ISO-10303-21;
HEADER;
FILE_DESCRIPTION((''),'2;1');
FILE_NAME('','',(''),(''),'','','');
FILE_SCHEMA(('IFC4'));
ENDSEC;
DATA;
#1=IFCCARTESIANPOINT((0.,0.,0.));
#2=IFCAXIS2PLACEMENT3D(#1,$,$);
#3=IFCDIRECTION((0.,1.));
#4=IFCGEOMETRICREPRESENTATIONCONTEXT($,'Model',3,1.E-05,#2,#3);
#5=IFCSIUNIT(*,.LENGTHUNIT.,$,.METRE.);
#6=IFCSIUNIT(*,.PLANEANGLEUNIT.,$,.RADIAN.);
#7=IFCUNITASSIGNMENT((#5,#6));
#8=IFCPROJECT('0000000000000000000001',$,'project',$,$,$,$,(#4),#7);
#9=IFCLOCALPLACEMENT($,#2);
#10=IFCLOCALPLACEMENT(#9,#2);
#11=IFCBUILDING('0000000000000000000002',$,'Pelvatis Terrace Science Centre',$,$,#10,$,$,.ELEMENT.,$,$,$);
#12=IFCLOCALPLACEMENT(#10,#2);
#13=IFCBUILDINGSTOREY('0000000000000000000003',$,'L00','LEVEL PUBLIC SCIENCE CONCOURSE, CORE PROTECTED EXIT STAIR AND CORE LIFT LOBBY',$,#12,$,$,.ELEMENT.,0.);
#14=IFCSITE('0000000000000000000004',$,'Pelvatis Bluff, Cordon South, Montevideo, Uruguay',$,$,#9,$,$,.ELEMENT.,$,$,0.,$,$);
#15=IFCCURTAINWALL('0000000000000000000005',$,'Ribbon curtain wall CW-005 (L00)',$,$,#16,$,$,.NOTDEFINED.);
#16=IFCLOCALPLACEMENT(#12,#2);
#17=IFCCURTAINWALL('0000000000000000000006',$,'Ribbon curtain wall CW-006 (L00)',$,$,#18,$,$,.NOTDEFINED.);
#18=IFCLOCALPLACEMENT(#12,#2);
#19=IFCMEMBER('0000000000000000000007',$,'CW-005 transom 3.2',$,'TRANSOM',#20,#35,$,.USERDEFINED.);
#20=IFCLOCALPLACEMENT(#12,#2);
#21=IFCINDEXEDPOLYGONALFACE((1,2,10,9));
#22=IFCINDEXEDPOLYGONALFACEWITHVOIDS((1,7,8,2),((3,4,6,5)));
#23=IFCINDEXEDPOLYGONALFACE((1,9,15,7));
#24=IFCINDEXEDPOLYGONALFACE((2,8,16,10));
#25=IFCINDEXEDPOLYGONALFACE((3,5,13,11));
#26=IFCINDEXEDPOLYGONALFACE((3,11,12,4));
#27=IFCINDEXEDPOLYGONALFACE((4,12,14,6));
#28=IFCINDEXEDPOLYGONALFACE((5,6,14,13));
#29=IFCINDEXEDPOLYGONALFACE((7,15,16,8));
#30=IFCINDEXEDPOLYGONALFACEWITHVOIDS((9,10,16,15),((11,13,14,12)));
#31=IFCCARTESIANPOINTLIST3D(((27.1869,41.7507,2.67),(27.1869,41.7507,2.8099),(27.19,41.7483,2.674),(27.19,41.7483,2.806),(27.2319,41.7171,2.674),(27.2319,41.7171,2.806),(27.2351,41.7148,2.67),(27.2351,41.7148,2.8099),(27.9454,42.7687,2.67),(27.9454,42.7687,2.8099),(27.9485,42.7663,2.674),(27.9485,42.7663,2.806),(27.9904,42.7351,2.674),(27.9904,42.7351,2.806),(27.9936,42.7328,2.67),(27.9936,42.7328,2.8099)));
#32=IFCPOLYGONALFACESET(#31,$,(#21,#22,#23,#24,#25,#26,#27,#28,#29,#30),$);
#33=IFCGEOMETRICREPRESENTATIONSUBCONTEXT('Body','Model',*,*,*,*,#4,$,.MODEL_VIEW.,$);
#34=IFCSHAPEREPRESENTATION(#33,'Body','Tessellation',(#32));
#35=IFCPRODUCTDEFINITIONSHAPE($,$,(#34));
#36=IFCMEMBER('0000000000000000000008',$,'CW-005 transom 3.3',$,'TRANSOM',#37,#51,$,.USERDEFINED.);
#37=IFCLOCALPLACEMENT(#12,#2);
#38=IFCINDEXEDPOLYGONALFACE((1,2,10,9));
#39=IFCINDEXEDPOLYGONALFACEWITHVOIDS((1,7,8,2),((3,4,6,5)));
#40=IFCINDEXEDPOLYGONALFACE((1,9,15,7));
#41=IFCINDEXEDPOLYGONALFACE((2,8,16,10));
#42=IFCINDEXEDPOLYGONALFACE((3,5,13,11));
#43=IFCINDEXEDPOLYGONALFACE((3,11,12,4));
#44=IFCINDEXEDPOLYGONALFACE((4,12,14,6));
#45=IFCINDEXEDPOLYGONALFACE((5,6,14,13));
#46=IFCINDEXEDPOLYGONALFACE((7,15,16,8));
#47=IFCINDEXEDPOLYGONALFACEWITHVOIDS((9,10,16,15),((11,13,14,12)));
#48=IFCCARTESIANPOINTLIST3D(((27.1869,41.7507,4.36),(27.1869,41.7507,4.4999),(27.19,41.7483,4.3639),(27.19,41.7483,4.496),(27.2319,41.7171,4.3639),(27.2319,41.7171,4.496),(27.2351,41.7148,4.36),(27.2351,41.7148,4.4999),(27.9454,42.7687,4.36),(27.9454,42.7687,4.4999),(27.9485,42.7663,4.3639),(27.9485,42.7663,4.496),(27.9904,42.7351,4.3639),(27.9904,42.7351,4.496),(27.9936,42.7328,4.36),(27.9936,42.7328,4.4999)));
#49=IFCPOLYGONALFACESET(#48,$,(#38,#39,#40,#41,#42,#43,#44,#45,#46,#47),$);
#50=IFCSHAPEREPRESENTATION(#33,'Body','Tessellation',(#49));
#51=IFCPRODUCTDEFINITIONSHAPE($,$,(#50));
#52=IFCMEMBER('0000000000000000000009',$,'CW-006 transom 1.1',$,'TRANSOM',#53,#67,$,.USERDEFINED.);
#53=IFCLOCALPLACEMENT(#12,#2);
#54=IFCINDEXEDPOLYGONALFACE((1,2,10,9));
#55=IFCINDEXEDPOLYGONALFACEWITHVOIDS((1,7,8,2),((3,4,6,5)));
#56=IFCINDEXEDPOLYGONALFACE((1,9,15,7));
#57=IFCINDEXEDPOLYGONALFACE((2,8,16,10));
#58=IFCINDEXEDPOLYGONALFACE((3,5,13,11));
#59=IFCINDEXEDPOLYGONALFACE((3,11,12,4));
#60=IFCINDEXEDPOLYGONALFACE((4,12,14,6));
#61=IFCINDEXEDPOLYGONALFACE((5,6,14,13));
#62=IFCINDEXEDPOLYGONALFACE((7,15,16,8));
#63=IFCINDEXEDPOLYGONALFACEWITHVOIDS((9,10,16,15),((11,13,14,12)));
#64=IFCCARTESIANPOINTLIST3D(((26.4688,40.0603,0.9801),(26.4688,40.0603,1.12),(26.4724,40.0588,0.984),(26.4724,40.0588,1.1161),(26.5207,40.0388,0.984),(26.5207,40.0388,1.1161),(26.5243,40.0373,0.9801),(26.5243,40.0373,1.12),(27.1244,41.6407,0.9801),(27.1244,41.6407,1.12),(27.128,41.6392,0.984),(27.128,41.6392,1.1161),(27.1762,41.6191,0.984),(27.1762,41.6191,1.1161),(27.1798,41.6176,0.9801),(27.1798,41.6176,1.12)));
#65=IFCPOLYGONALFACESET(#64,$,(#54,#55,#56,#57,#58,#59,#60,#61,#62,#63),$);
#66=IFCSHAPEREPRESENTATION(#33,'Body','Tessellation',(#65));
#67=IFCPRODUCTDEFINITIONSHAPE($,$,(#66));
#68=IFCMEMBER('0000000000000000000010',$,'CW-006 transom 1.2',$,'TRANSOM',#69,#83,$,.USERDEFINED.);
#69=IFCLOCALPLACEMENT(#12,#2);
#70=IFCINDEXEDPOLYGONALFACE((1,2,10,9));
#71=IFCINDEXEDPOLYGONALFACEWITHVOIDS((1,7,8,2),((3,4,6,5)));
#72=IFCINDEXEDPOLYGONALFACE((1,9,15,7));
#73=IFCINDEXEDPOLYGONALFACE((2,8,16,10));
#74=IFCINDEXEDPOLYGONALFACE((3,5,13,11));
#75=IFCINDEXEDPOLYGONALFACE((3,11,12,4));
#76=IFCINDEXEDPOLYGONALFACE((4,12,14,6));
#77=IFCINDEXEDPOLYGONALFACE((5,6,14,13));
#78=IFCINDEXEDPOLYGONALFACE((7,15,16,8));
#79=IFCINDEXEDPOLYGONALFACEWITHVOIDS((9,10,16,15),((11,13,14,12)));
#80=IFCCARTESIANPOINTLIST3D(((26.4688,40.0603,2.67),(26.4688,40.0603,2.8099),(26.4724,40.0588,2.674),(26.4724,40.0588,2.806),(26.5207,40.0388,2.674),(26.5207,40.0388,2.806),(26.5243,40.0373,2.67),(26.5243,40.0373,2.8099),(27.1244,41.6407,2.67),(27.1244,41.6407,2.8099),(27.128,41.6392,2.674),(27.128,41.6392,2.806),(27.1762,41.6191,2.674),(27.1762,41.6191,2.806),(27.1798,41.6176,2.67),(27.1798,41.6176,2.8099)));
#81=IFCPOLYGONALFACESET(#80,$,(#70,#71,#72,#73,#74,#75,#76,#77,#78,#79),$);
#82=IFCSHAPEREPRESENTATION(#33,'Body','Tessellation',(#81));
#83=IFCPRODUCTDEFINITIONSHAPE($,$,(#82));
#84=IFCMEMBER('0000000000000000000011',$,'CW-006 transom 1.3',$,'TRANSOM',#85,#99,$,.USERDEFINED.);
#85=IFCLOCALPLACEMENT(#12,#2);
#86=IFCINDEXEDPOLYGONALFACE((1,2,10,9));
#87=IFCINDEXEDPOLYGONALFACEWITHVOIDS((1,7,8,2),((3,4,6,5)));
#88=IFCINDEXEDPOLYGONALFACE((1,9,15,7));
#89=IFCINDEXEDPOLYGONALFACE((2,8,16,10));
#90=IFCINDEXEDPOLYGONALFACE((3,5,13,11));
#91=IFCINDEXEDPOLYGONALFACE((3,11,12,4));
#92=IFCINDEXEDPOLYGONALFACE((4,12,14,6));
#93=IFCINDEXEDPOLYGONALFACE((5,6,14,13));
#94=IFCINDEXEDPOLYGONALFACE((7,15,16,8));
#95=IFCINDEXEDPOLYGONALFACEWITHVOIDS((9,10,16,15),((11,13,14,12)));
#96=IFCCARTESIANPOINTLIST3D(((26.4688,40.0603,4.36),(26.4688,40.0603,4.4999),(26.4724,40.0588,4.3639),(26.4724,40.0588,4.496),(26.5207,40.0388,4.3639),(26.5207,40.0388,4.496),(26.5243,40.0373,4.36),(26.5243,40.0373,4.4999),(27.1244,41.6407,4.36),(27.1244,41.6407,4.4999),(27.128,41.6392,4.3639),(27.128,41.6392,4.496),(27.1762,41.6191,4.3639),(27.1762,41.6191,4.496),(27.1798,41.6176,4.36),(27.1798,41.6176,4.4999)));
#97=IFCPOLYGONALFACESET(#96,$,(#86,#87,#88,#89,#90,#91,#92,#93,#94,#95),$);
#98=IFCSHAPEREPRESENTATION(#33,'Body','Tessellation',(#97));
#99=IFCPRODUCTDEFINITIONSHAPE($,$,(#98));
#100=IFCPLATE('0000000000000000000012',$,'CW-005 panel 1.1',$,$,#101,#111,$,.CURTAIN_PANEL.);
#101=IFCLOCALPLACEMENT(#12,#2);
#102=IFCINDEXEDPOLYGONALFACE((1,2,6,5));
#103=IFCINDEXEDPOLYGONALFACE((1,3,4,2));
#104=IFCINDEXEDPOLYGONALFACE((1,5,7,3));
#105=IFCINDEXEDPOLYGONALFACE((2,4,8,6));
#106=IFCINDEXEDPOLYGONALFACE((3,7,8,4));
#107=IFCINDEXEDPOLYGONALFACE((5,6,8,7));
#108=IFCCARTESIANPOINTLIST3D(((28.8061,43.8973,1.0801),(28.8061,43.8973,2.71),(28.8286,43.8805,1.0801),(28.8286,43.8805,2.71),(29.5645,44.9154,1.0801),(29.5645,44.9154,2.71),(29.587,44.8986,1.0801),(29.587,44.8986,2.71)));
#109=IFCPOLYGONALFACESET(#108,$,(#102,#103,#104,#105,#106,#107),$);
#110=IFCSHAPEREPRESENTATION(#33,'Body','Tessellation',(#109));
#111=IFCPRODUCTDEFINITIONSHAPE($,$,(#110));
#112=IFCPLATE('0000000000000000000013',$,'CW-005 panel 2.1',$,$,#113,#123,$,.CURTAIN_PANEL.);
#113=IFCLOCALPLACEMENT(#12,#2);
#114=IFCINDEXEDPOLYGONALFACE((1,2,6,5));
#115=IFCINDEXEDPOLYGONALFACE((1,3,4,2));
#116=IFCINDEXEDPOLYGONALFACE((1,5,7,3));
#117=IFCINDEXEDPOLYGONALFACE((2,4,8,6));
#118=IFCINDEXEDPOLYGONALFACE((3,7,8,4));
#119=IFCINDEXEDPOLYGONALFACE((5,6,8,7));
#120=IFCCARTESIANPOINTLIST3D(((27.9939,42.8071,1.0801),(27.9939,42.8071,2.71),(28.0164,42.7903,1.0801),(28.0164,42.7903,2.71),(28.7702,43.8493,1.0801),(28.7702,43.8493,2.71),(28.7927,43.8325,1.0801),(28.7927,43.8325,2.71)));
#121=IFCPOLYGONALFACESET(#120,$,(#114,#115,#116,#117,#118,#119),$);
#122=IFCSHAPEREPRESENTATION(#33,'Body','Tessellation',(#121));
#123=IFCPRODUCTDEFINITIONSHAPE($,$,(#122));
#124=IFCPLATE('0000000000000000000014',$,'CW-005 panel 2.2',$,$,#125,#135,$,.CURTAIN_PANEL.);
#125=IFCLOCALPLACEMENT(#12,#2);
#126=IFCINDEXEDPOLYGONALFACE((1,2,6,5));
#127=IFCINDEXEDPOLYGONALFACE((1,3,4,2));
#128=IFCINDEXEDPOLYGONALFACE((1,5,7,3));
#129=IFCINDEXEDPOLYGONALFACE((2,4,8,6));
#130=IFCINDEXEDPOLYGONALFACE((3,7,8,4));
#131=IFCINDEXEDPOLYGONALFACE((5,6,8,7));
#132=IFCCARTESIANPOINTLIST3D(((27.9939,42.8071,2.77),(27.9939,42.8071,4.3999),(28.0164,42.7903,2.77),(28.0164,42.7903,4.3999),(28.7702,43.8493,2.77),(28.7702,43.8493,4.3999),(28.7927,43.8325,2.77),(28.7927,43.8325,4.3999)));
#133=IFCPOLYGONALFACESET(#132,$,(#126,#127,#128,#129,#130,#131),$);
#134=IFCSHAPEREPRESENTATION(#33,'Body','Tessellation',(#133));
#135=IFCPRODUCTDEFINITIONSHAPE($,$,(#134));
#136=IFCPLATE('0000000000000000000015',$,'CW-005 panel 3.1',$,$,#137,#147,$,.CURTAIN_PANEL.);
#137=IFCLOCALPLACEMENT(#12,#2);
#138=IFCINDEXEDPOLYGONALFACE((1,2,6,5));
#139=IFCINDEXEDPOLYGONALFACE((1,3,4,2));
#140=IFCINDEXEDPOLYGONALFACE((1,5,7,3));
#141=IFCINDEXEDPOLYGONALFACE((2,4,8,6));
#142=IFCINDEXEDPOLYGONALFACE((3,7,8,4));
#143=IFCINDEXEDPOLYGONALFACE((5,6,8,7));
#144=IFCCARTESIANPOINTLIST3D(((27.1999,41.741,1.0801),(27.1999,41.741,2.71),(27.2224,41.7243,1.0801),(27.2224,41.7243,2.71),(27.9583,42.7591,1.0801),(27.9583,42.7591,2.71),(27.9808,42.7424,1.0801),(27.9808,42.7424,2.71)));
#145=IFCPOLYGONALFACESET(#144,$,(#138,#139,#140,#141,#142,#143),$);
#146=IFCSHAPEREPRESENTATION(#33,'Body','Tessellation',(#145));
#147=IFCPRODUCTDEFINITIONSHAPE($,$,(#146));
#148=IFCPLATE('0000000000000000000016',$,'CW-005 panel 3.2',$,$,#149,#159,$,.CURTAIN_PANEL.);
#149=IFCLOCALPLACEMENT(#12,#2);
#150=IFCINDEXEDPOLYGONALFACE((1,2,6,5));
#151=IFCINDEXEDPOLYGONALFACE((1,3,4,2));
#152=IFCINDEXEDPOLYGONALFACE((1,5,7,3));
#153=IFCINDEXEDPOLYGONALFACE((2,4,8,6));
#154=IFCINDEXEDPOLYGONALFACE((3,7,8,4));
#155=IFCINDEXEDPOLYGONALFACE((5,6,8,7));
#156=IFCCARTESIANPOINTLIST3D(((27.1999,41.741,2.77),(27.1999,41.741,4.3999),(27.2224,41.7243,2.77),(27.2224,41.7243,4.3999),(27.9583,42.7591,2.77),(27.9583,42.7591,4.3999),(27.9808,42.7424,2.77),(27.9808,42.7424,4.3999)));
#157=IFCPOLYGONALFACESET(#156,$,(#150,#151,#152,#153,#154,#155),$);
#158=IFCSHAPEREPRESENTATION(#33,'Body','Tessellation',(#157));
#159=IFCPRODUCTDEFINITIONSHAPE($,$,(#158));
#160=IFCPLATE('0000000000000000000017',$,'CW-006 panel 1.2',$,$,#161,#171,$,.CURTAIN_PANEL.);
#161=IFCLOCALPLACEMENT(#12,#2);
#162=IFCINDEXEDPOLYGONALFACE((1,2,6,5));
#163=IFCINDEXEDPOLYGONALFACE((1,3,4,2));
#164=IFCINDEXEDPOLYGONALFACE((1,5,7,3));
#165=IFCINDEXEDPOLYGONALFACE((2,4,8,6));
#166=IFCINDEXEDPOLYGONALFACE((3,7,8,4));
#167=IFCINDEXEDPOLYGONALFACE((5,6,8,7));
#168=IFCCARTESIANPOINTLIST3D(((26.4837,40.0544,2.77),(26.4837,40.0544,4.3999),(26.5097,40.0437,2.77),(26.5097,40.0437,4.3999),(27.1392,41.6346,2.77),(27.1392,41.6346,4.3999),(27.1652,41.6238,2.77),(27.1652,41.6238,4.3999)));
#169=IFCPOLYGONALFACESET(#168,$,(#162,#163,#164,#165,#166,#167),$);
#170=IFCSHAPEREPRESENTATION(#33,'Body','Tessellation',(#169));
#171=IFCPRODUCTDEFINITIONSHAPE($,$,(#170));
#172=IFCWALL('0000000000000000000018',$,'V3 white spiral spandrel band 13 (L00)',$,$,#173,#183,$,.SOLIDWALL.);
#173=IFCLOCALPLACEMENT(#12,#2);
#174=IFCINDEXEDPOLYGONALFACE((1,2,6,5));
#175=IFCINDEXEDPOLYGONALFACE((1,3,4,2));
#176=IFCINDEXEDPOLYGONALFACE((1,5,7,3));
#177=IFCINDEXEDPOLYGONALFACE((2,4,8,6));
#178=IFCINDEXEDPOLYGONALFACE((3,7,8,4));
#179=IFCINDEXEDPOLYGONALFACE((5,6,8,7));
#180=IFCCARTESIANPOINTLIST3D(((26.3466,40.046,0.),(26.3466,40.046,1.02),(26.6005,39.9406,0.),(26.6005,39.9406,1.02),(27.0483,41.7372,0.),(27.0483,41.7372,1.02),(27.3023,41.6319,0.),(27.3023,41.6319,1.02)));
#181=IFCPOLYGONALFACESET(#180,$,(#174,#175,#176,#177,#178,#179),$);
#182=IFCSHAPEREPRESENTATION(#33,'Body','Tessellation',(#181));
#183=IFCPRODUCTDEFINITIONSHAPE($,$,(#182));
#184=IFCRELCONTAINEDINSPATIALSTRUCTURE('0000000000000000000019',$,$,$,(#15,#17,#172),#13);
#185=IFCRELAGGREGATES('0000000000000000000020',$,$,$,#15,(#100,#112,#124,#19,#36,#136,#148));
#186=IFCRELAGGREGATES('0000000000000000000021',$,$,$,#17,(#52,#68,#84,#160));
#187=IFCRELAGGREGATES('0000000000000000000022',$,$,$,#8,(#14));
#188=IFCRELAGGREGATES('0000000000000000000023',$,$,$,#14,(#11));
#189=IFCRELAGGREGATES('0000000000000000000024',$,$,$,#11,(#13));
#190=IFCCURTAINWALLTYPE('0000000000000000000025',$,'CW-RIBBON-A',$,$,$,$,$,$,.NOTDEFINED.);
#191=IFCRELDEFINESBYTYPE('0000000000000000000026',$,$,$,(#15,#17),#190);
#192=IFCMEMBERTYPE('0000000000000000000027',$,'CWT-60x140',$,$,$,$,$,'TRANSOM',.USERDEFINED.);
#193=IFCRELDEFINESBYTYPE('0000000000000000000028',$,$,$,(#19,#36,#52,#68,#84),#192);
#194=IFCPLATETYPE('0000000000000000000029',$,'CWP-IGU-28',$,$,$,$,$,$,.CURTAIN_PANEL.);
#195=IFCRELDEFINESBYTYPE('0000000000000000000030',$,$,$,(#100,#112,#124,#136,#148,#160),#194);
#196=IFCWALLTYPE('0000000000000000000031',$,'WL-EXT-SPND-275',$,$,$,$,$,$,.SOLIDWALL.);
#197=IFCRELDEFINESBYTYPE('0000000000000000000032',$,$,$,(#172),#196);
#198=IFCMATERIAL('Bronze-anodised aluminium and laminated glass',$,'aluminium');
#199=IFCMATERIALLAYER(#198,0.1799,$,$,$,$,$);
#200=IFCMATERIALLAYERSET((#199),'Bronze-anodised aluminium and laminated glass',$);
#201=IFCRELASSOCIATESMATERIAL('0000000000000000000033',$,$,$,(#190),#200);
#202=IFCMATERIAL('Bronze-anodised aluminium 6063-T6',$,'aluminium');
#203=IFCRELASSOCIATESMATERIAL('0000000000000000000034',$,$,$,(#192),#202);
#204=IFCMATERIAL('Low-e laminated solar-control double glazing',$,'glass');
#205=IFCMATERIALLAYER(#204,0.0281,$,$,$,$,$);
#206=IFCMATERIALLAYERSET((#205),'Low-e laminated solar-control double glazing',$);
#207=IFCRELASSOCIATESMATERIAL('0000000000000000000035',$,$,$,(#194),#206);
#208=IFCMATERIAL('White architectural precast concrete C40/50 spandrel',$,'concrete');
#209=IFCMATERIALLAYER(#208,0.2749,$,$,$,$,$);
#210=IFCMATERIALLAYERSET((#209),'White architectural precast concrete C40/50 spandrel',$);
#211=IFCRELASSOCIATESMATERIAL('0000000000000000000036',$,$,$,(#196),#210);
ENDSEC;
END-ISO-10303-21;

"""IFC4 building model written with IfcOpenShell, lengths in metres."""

from ifc_helpers import new_model, si_unit, direction, frame, frame_2d, origin, origin_2d, place, context, subcontext, project, spatial, rectangle, hollow_rectangle, extrude, material, layer, layer_set, material_profile, profile_set, type_object, element, aggregate, save


model = new_model("IFC4")

# Units and contexts
model_context = context("Model", 3, precision=1e-05, world=origin(), true_north=direction((0.0, 1.0)))
body_context = subcontext(model_context, "Body", "Model", "MODEL_VIEW")
ifc_project = project(units=[si_unit("LENGTHUNIT", "METRE"), si_unit("PLANEANGLEUNIT", "RADIAN")], contexts=[model_context])

# Site, building, storey
site_placement = place(None, origin())
site = spatial("IfcSite", under=ifc_project, at=site_placement, Name="Pelvatis Bluff, Cordon South, Montevideo, Uruguay", CompositionType="ELEMENT", RefElevation=0.0)
building_placement = place(site_placement, origin())
building = spatial("IfcBuilding", under=site, at=building_placement, Name="Pelvatis Terrace Science Centre", CompositionType="ELEMENT")
storey_placement = place(building_placement, origin())
storey = spatial("IfcBuildingStorey", under=building, at=storey_placement, Name="L00", Description="LEVEL PUBLIC SCIENCE CONCOURSE, CORE PROTECTED EXIT STAIR AND CORE LIFT LOBBY", CompositionType="ELEMENT", Elevation=0.0)

# Curtain wall
ifc_material_1 = material(Name="Bronze-anodised aluminium and laminated glass", Category="aluminium")
ifc_layer_1 = layer(ifc_material_1, 0.1799)
ifc_layer_set_1 = layer_set([ifc_layer_1], Name="Bronze-anodised aluminium and laminated glass")
curtain_wall_type = type_object("IfcCurtainWallType", Name="CW-RIBBON-A", PredefinedType="NOTDEFINED", material=ifc_layer_set_1)
curtain_wall_1_placement = place(storey_placement, origin())
curtain_wall_1 = element("IfcCurtainWall", 1, at=curtain_wall_1_placement, inside=storey, type_object=curtain_wall_type, Name="Ribbon curtain wall CW-005 (L00)", PredefinedType="NOTDEFINED")

# Curtain wall
curtain_wall_2_placement = place(storey_placement, origin())
curtain_wall_2 = element("IfcCurtainWall", 2, at=curtain_wall_2_placement, inside=storey, type_object=curtain_wall_type, Name="Ribbon curtain wall CW-006 (L00)", PredefinedType="NOTDEFINED")

# Members
ifc_material_2 = material(Name="Bronze-anodised aluminium 6063-T6", Category="aluminium")
ifc_material_profile_1 = material_profile(ifc_material_2, hollow_rectangle(XDim=0.0601, YDim=0.1399, WallThickness=0.0039, at=origin_2d()), Name="ALU-TRN 60x140")
ifc_profile_set_1 = profile_set([ifc_material_profile_1], Name="Bronze-anodised aluminium 6063-T6")
member_type_1 = type_object("IfcMemberType", Name="CWT-60x140", ElementType="TRANSOM", PredefinedType="USERDEFINED", material=ifc_profile_set_1)
member_1_placement = place(storey_placement, frame((27.9695, 42.7507, 2.74), z_axis=(-0.597474, -0.801888, 0.0), x_axis=(0.801888, -0.597474, 0.0)))
member_1 = element("IfcMember", 3, at=member_1_placement, type_object=member_type_1, Name="CW-005 transom 3.2", ObjectType="TRANSOM", PredefinedType="USERDEFINED", context=body_context, shape_type="SweptSolid", body=[
    extrude(hollow_rectangle(XDim=0.0601, YDim=0.1399, WallThickness=0.0039, at=origin_2d()), origin(), (0.0, 0.0, 1.0), 1.2695),
])
member_2_placement = place(storey_placement, frame((27.9695, 42.7507, 4.4299), z_axis=(-0.597474, -0.801888, 0.0), x_axis=(0.801888, -0.597474, 0.0)))
member_2 = element("IfcMember", 4, at=member_2_placement, type_object=member_type_1, Name="CW-005 transom 3.3", ObjectType="TRANSOM", PredefinedType="USERDEFINED", context=body_context, shape_type="SweptSolid", body=[
    extrude(hollow_rectangle(XDim=0.0601, YDim=0.1399, WallThickness=0.0039, at=origin_2d()), origin(), (0.0, 0.0, 1.0), 1.2695),
])
member_3_placement = place(storey_placement, frame((27.1521, 41.6292, 1.05), z_axis=(-0.383146, -0.923688, 0.0), x_axis=(0.923688, -0.383146, 0.0)))
member_3 = element("IfcMember", 5, at=member_3_placement, type_object=member_type_1, Name="CW-006 transom 1.1", ObjectType="TRANSOM", PredefinedType="USERDEFINED", context=body_context, shape_type="SweptSolid", body=[
    extrude(hollow_rectangle(XDim=0.0601, YDim=0.1399, WallThickness=0.0039, at=origin_2d()), origin(), (0.0, 0.0, 1.0), 1.7109),
])
member_4_placement = place(storey_placement, frame((27.1521, 41.6292, 2.74), z_axis=(-0.383146, -0.923688, 0.0), x_axis=(0.923688, -0.383146, 0.0)))
member_4 = element("IfcMember", 6, at=member_4_placement, type_object=member_type_1, Name="CW-006 transom 1.2", ObjectType="TRANSOM", PredefinedType="USERDEFINED", context=body_context, shape_type="SweptSolid", body=[
    extrude(hollow_rectangle(XDim=0.0601, YDim=0.1399, WallThickness=0.0039, at=origin_2d()), origin(), (0.0, 0.0, 1.0), 1.7109),
])
member_5_placement = place(storey_placement, frame((27.1521, 41.6292, 4.4299), z_axis=(-0.383146, -0.923688, 0.0), x_axis=(0.923688, -0.383146, 0.0)))
member_5 = element("IfcMember", 7, at=member_5_placement, type_object=member_type_1, Name="CW-006 transom 1.3", ObjectType="TRANSOM", PredefinedType="USERDEFINED", context=body_context, shape_type="SweptSolid", body=[
    extrude(hollow_rectangle(XDim=0.0601, YDim=0.1399, WallThickness=0.0039, at=origin_2d()), origin(), (0.0, 0.0, 1.0), 1.7109),
])

# Plates
ifc_material_3 = material(Name="Low-e laminated solar-control double glazing", Category="glass")
ifc_layer_2 = layer(ifc_material_3, 0.0281)
ifc_layer_set_2 = layer_set([ifc_layer_2], Name="Low-e laminated solar-control double glazing")
plate_type = type_object("IfcPlateType", Name="CWP-IGU-28", PredefinedType="CURTAIN_PANEL", material=ifc_layer_set_2)
plate_1_placement = place(storey_placement, frame((29.1965, 44.3979, 1.0801), z_axis=(0.0, 0.0, 1.0), x_axis=(-0.597372, -0.801964, 0.0)))
plate_1 = element("IfcPlate", 8, at=plate_1_placement, type_object=plate_type, Name="CW-005 panel 1.1", PredefinedType="CURTAIN_PANEL", context=body_context, shape_type="SweptSolid", body=[
    extrude(rectangle(XDim=1.2695, YDim=0.0281, at=origin_2d()), origin(), (0.0, 0.0, 1.0), 1.6299),
])
plate_2_placement = place(storey_placement, frame((28.3933, 43.3198, 1.0801), z_axis=(0.0, 0.0, 1.0), x_axis=(-0.597372, -0.801964, 0.0)))
plate_2 = element("IfcPlate", 9, at=plate_2_placement, type_object=plate_type, Name="CW-005 panel 2.1", PredefinedType="CURTAIN_PANEL", context=body_context, shape_type="SweptSolid", body=[
    extrude(rectangle(XDim=1.2996, YDim=0.0281, at=origin_2d()), origin(), (0.0, 0.0, 1.0), 1.6299),
])
plate_3_placement = place(storey_placement, frame((28.3933, 43.3198, 2.77), z_axis=(0.0, 0.0, 1.0), x_axis=(-0.597372, -0.801964, 0.0)))
plate_3 = element("IfcPlate", 10, at=plate_3_placement, type_object=plate_type, Name="CW-005 panel 2.2", PredefinedType="CURTAIN_PANEL", context=body_context, shape_type="SweptSolid", body=[
    extrude(rectangle(XDim=1.2996, YDim=0.0281, at=origin_2d()), origin(), (0.0, 0.0, 1.0), 1.6299),
])
plate_4_placement = place(storey_placement, frame((27.5903, 42.2417, 1.0801), z_axis=(0.0, 0.0, 1.0), x_axis=(-0.597372, -0.801964, 0.0)))
plate_4 = element("IfcPlate", 11, at=plate_4_placement, type_object=plate_type, Name="CW-005 panel 3.1", PredefinedType="CURTAIN_PANEL", context=body_context, shape_type="SweptSolid", body=[
    extrude(rectangle(XDim=1.2695, YDim=0.0281, at=origin_2d()), origin(), (0.0, 0.0, 1.0), 1.6299),
])
plate_5_placement = place(storey_placement, frame((27.5903, 42.2417, 2.77), z_axis=(0.0, 0.0, 1.0), x_axis=(-0.597372, -0.801964, 0.0)))
plate_5 = element("IfcPlate", 12, at=plate_5_placement, type_object=plate_type, Name="CW-005 panel 3.2", PredefinedType="CURTAIN_PANEL", context=body_context, shape_type="SweptSolid", body=[
    extrude(rectangle(XDim=1.2695, YDim=0.0281, at=origin_2d()), origin(), (0.0, 0.0, 1.0), 1.6299),
])
aggregate(curtain_wall_1, [plate_1, plate_2, plate_3, member_1, member_2, plate_4, plate_5])
plate_6_placement = place(storey_placement, frame((26.8245, 40.8391, 2.77), z_axis=(0.0, 0.0, 1.0), x_axis=(-0.38318, -0.923674, 0.0)))
plate_6 = element("IfcPlate", 13, at=plate_6_placement, type_object=plate_type, Name="CW-006 panel 1.2", PredefinedType="CURTAIN_PANEL", context=body_context, shape_type="SweptSolid", body=[
    extrude(rectangle(XDim=1.7107, YDim=0.0281, at=origin_2d()), origin(), (0.0, 0.0, 1.0), 1.6299),
])
aggregate(curtain_wall_2, [member_3, member_4, member_5, plate_6])

# Wall
ifc_material_4 = material(Name="White architectural precast concrete C40/50 spandrel", Category="concrete")
ifc_layer_3 = layer(ifc_material_4, 0.2749)
ifc_layer_set_3 = layer_set([ifc_layer_3], Name="White architectural precast concrete C40/50 spandrel")
wall_type = type_object("IfcWallType", Name="WL-EXT-SPND-275", PredefinedType="SOLIDWALL", material=ifc_layer_set_3)
wall_placement = place(storey_placement, frame((27.1753, 41.6846, 0.0), z_axis=(0.0, 0.0, 1.0), x_axis=(-0.383223, -0.923656, 0.0)))
element("IfcWall", 14, at=wall_placement, inside=storey, type_object=wall_type, Name="V3 white spiral spandrel band 13 (L00)", PredefinedType="SOLIDWALL", context=body_context, shape_type="SweptSolid", body=[
    extrude(rectangle(XDim=1.8311, YDim=0.2749, at=frame_2d((0.9155, 0.0))), origin(), (0.0, 0.0, 1.0), 1.02),
])

save(model, "model.ifc")
